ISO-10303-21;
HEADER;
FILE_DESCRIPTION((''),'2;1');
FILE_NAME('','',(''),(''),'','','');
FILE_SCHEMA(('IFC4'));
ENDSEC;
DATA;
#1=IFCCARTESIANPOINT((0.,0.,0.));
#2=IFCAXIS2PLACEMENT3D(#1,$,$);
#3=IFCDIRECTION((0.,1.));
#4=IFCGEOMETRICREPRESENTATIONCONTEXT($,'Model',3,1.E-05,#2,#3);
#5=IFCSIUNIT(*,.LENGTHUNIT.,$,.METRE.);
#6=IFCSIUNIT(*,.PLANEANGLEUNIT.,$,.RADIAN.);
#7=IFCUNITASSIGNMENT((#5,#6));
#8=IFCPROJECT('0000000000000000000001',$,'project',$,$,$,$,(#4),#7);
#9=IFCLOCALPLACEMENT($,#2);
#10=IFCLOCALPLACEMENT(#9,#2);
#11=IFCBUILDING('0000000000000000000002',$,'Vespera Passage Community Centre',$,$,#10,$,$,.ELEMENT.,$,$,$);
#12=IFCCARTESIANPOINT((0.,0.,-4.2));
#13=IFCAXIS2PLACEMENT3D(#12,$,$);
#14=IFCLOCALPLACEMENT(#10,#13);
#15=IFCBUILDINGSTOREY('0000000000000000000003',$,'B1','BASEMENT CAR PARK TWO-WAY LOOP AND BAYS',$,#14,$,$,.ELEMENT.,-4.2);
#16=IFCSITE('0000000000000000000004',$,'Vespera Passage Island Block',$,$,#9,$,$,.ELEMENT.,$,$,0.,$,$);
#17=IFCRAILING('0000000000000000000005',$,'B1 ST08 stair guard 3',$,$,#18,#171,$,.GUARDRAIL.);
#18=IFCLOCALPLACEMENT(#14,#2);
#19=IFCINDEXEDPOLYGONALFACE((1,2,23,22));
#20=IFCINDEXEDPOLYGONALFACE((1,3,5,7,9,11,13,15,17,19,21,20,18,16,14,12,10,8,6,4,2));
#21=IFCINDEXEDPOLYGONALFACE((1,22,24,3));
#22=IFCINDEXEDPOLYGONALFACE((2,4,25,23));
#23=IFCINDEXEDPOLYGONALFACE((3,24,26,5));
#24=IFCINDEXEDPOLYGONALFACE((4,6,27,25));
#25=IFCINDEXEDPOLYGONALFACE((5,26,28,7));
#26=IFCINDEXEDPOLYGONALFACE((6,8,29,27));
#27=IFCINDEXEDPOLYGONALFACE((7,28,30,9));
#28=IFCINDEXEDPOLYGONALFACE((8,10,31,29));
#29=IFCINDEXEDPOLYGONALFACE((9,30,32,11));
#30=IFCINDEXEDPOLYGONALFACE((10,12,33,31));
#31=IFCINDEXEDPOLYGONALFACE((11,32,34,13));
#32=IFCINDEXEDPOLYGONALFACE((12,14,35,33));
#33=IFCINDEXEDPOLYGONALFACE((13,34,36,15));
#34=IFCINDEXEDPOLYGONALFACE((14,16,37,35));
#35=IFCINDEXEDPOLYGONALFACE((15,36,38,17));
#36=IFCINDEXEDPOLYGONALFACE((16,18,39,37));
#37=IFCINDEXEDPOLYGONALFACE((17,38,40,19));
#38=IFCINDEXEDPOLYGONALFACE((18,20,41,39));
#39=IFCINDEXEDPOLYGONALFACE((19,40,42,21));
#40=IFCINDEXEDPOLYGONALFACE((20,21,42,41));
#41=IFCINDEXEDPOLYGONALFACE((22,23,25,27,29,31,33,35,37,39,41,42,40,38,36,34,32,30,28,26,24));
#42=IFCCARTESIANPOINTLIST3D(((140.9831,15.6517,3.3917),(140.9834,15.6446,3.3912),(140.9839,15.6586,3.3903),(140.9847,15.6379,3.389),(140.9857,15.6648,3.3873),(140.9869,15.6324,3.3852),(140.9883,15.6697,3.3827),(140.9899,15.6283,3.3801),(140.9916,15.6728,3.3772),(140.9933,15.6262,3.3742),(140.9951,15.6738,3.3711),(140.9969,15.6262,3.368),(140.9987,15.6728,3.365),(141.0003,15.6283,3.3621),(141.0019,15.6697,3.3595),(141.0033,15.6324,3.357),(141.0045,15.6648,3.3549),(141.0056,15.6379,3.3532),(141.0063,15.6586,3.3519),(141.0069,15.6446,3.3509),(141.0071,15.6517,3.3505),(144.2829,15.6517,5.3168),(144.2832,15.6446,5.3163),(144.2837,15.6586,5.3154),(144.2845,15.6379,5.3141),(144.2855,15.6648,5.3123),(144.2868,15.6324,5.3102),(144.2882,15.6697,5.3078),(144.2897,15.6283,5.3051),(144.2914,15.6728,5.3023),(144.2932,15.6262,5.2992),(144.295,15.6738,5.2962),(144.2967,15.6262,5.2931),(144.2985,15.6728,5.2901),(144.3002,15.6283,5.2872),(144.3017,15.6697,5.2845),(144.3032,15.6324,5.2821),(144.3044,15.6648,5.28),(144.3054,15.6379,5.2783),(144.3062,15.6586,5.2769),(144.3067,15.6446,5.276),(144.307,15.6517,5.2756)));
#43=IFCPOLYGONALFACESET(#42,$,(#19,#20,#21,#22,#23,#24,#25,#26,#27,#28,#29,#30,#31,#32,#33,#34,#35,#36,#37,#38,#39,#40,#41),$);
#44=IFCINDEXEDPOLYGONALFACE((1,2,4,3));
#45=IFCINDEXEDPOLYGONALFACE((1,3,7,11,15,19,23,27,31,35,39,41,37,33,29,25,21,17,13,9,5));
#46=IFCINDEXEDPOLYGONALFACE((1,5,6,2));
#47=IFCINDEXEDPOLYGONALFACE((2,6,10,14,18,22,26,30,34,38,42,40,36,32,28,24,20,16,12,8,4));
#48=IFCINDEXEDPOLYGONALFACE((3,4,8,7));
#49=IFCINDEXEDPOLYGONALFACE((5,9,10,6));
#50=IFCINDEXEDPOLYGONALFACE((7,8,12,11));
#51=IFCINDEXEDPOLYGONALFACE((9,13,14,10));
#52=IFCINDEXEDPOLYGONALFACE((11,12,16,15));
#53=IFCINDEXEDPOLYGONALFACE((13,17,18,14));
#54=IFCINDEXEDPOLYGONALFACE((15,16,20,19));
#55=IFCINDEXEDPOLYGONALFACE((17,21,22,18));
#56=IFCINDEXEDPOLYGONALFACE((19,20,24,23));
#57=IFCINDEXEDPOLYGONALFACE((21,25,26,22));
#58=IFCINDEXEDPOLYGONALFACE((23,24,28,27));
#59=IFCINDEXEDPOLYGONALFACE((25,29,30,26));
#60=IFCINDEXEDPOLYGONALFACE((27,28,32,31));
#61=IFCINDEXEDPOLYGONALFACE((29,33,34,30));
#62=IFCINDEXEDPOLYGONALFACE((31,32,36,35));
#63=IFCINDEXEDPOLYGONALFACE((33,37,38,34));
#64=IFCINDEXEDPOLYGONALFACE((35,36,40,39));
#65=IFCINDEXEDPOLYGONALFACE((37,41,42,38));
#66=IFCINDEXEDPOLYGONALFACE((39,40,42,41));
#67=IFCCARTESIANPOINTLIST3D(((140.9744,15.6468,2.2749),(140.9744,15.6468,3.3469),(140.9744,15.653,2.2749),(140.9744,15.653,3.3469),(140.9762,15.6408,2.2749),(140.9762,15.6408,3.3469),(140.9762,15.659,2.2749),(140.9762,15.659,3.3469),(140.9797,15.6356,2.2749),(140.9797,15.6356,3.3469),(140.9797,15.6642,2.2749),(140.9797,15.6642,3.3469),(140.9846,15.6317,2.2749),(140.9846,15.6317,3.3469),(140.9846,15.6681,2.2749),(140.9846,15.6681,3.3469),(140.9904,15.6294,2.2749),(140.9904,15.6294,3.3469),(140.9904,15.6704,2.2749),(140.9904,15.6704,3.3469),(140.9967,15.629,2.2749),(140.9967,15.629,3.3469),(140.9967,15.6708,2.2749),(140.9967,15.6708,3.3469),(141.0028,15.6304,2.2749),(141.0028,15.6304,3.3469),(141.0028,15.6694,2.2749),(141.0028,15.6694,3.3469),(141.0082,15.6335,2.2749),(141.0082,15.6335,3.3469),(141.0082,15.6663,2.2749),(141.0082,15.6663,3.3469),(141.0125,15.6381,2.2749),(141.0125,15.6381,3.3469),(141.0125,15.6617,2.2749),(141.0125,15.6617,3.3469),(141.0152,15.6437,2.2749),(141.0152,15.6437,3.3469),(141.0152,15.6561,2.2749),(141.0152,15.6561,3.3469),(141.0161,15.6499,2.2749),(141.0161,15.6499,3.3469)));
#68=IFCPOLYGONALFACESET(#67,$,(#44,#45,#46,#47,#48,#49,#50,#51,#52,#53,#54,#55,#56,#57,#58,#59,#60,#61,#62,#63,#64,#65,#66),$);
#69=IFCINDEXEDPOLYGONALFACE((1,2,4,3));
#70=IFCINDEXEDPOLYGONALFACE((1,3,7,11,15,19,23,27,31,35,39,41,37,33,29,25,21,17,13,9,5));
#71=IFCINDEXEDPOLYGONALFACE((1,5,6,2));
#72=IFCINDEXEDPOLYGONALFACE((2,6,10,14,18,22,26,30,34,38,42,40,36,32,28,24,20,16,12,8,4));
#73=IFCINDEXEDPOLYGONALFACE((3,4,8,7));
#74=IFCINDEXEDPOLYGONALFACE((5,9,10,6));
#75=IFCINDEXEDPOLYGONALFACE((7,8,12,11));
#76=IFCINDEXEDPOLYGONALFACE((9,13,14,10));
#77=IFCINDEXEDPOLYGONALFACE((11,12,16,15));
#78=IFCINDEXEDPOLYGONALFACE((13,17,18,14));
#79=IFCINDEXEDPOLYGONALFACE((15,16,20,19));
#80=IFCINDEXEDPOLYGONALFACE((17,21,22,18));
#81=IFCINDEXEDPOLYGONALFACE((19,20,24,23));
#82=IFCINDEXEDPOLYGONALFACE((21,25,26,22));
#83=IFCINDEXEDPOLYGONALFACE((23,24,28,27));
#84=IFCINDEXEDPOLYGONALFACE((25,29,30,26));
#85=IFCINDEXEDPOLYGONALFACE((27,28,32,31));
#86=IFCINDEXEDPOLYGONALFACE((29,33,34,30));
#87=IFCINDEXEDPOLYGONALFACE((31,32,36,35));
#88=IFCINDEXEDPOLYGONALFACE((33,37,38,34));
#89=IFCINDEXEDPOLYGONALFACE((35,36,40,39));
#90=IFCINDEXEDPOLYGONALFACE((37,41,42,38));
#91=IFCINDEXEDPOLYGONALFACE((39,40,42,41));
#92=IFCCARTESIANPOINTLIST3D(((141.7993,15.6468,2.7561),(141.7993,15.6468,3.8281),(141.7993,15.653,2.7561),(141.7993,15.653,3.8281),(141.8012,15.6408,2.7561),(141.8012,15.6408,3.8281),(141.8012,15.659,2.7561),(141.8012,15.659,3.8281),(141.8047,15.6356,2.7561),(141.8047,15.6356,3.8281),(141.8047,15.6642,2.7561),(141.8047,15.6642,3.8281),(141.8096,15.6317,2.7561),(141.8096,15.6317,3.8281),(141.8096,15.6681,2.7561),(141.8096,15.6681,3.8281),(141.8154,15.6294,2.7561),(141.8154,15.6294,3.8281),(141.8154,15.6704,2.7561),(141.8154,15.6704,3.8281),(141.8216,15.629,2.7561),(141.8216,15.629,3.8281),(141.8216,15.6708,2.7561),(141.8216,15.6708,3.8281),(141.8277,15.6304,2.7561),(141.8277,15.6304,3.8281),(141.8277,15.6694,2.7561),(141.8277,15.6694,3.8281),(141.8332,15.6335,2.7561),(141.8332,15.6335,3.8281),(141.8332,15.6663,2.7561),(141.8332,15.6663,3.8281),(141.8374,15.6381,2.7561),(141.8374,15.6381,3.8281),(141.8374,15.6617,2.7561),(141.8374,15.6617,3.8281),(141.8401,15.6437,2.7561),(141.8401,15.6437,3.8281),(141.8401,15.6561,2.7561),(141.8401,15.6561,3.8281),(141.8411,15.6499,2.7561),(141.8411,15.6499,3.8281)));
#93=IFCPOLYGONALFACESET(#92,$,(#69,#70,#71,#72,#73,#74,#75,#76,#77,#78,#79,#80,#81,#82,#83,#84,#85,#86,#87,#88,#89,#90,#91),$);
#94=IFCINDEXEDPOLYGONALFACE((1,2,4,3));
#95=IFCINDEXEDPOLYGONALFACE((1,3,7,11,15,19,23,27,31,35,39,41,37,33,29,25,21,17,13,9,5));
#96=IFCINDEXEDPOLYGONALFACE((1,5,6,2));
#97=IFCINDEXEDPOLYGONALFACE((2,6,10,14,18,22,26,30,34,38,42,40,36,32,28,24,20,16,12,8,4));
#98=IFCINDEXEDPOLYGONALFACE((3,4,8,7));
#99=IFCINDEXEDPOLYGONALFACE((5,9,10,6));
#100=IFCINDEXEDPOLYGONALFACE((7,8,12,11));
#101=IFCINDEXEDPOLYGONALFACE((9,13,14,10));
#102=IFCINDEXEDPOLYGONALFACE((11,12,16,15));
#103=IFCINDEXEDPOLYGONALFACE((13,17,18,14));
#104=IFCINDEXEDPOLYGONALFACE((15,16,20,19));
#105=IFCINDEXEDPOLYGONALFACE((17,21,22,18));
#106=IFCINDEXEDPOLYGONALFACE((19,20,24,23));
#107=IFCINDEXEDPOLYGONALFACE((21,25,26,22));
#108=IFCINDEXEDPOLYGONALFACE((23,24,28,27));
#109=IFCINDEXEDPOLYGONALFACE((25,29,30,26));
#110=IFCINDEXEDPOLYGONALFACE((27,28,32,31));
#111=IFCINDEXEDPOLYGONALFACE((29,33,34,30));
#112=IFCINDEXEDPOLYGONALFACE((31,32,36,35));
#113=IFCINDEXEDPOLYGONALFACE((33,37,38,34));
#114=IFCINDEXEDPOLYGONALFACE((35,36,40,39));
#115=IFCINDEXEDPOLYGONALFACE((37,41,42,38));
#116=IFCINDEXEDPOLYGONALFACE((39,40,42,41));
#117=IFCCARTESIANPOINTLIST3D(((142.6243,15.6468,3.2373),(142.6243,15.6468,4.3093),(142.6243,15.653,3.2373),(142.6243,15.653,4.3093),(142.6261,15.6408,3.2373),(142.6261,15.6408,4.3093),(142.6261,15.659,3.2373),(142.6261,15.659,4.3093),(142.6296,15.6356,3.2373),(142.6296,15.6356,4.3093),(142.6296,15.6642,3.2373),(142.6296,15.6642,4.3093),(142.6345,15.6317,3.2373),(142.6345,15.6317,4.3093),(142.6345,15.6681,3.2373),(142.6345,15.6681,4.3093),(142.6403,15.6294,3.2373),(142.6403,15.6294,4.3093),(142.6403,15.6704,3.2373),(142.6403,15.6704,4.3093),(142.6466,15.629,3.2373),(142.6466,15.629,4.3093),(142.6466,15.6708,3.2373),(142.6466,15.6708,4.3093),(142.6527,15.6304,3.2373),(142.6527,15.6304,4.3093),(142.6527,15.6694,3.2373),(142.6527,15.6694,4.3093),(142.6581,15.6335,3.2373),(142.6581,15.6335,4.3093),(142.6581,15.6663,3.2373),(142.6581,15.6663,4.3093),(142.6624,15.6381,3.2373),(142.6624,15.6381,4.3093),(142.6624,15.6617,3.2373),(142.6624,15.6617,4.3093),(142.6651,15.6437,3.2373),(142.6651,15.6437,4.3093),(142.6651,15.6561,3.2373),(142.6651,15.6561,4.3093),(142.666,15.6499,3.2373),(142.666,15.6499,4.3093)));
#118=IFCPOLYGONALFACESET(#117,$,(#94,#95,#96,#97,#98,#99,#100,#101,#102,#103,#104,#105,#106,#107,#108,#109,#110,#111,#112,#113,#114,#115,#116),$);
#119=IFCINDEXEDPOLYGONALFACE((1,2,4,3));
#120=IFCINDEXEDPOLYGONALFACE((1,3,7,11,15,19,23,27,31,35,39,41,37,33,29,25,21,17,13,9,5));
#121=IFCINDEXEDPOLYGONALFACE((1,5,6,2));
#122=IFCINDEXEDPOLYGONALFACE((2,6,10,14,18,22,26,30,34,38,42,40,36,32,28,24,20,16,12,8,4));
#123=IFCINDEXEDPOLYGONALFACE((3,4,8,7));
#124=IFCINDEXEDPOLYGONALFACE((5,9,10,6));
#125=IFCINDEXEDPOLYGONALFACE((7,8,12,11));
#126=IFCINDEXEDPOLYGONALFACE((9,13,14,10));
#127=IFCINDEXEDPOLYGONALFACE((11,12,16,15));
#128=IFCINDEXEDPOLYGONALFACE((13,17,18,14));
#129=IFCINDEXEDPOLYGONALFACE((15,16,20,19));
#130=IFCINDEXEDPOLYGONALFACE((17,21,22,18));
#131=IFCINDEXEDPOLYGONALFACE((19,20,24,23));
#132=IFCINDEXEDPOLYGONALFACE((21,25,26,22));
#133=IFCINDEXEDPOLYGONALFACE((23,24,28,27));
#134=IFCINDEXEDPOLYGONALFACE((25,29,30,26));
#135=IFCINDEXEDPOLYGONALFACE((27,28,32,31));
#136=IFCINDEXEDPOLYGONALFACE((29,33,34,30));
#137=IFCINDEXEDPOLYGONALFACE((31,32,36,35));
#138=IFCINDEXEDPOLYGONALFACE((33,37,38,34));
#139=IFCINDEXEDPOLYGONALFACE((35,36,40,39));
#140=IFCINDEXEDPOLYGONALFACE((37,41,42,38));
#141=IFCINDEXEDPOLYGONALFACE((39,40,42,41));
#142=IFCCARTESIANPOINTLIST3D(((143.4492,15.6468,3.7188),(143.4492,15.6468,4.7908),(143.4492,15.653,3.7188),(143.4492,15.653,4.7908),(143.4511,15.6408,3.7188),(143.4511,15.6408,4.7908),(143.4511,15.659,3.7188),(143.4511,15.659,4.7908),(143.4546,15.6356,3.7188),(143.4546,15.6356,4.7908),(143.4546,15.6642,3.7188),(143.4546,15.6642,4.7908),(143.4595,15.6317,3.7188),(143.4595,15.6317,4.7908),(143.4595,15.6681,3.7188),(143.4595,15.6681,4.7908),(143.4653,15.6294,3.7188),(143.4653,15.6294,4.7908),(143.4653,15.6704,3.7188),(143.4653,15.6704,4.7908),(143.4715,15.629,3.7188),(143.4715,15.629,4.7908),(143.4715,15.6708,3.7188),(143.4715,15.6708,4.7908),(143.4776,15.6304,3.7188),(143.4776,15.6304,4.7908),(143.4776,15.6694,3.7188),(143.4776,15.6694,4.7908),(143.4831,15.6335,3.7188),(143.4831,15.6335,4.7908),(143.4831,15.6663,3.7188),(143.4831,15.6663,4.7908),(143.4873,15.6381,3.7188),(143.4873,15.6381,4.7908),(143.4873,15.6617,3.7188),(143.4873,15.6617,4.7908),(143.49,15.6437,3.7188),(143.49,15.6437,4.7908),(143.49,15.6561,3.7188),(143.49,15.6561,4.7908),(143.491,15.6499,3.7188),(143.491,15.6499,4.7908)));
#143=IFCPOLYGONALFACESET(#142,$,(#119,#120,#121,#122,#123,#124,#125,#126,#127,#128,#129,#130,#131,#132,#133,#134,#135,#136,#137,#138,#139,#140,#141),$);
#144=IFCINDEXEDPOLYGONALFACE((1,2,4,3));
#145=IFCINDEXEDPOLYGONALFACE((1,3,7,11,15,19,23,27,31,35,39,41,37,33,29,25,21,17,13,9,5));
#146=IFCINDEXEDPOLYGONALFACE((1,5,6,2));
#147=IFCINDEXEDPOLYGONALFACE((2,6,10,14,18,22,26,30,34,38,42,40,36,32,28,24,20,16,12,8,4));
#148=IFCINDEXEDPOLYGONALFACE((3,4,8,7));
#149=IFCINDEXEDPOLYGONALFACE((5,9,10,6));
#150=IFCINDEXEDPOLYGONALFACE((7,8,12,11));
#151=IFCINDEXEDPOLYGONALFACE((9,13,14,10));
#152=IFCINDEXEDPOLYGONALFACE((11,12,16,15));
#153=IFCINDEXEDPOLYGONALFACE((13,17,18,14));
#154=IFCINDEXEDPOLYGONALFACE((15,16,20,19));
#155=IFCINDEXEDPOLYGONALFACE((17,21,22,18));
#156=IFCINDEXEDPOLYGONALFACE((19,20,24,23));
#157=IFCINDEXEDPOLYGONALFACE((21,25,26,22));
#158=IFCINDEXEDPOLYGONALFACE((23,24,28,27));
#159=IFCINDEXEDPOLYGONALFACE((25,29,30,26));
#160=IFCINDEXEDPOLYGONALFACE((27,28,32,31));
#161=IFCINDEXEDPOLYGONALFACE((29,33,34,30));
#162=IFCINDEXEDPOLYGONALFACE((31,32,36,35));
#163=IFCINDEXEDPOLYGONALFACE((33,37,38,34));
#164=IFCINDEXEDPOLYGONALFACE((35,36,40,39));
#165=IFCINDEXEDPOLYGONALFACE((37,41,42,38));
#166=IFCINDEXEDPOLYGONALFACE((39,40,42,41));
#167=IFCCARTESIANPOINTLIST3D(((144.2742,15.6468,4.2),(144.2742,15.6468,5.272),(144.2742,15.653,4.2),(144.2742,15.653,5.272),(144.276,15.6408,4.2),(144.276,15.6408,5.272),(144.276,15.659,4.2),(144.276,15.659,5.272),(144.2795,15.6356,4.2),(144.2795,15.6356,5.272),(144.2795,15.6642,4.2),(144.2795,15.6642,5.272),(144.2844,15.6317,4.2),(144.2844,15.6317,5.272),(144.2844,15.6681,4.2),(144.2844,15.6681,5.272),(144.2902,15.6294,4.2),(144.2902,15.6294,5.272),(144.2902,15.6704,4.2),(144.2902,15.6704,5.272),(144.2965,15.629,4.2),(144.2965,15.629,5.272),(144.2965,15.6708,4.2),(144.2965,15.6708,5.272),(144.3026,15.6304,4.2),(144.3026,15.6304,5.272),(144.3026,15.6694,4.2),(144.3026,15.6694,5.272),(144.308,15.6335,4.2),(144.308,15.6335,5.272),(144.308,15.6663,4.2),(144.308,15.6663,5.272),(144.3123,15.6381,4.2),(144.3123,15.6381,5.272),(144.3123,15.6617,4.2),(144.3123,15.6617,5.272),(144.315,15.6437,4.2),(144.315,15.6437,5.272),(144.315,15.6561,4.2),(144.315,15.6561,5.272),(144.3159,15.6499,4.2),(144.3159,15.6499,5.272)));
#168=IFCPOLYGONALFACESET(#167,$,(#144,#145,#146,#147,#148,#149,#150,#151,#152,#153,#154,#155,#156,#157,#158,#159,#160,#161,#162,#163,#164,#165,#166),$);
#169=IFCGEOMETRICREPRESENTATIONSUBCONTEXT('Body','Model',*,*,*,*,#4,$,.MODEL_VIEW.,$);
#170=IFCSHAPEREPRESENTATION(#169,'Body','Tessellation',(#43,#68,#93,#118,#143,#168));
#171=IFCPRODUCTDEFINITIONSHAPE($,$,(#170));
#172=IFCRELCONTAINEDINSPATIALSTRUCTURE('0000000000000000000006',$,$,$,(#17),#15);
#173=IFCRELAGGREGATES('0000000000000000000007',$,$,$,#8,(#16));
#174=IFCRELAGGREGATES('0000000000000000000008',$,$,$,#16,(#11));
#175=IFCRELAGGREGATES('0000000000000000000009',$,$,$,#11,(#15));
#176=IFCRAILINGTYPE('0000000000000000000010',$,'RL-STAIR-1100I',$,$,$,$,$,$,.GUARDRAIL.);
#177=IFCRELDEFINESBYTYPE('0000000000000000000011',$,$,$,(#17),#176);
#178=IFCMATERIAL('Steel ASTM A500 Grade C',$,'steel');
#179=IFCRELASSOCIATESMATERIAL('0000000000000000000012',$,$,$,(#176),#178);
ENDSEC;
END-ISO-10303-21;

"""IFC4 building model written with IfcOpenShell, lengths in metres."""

from ifc_helpers import new_model, si_unit, direction, frame, origin, origin_2d, place, context, subcontext, project, spatial, circle, extrude, material, type_object, element, save


model = new_model("IFC4")

# Units and contexts
model_context = context("Model", 3, precision=1e-05, world=origin(), true_north=direction((0.0, 1.0)))
body_context = subcontext(model_context, "Body", "Model", "MODEL_VIEW")
ifc_project = project(units=[si_unit("LENGTHUNIT", "METRE"), si_unit("PLANEANGLEUNIT", "RADIAN")], contexts=[model_context])

# Site, building, storey
site_placement = place(None, origin())
site = spatial("IfcSite", under=ifc_project, at=site_placement, Name="Vespera Passage Island Block", CompositionType="ELEMENT", RefElevation=0.0)
building_placement = place(site_placement, origin())
building = spatial("IfcBuilding", under=site, at=building_placement, Name="Vespera Passage Community Centre", CompositionType="ELEMENT")
storey_placement = place(building_placement, frame((0.0, 0.0, -4.2)))
storey = spatial("IfcBuildingStorey", under=building, at=storey_placement, Name="B1", Description="BASEMENT CAR PARK TWO-WAY LOOP AND BAYS", CompositionType="ELEMENT", Elevation=-4.2)

# Railing
ifc_material_1 = material(Name="Steel ASTM A500 Grade C", Category="steel")
railing_type_1 = type_object("IfcRailingType", Name="RL-STAIR-1100I", PredefinedType="GUARDRAIL", material=ifc_material_1)
railing_1_placement = place(storey_placement, frame((140.9951, 15.6499, 2.2749)))
element("IfcRailing", 1, at=railing_1_placement, inside=storey, type_object=railing_type_1, Name="B1 ST08 stair guard 3", PredefinedType="GUARDRAIL", context=body_context, shape_type="SweptSolid", body=[
    extrude(circle(Radius=0.0239, at=origin_2d()), frame((0.0, 0.0, 1.0962), z_axis=(0.86376, 0.0, 0.503903), x_axis=(0.0, 1.0, 0.0)), (0.0, 0.0, 1.0), 3.8203),
    extrude(circle(Radius=0.021, at=origin_2d()), origin(), (0.0, 0.0, 1.0), 1.072),
    extrude(circle(Radius=0.021, at=origin_2d()), frame((0.825, 0.0, 0.4812)), (0.0, 0.0, 1.0), 1.072),
    extrude(circle(Radius=0.021, at=origin_2d()), frame((1.6499, 0.0, 0.9624)), (0.0, 0.0, 1.0), 1.072),
    extrude(circle(Radius=0.021, at=origin_2d()), frame((2.4749, 0.0, 1.4438)), (0.0, 0.0, 1.0), 1.072),
    extrude(circle(Radius=0.021, at=origin_2d()), frame((3.2998, 0.0, 1.925)), (0.0, 0.0, 1.0), 1.072),
])

save(model, "model.ifc")
